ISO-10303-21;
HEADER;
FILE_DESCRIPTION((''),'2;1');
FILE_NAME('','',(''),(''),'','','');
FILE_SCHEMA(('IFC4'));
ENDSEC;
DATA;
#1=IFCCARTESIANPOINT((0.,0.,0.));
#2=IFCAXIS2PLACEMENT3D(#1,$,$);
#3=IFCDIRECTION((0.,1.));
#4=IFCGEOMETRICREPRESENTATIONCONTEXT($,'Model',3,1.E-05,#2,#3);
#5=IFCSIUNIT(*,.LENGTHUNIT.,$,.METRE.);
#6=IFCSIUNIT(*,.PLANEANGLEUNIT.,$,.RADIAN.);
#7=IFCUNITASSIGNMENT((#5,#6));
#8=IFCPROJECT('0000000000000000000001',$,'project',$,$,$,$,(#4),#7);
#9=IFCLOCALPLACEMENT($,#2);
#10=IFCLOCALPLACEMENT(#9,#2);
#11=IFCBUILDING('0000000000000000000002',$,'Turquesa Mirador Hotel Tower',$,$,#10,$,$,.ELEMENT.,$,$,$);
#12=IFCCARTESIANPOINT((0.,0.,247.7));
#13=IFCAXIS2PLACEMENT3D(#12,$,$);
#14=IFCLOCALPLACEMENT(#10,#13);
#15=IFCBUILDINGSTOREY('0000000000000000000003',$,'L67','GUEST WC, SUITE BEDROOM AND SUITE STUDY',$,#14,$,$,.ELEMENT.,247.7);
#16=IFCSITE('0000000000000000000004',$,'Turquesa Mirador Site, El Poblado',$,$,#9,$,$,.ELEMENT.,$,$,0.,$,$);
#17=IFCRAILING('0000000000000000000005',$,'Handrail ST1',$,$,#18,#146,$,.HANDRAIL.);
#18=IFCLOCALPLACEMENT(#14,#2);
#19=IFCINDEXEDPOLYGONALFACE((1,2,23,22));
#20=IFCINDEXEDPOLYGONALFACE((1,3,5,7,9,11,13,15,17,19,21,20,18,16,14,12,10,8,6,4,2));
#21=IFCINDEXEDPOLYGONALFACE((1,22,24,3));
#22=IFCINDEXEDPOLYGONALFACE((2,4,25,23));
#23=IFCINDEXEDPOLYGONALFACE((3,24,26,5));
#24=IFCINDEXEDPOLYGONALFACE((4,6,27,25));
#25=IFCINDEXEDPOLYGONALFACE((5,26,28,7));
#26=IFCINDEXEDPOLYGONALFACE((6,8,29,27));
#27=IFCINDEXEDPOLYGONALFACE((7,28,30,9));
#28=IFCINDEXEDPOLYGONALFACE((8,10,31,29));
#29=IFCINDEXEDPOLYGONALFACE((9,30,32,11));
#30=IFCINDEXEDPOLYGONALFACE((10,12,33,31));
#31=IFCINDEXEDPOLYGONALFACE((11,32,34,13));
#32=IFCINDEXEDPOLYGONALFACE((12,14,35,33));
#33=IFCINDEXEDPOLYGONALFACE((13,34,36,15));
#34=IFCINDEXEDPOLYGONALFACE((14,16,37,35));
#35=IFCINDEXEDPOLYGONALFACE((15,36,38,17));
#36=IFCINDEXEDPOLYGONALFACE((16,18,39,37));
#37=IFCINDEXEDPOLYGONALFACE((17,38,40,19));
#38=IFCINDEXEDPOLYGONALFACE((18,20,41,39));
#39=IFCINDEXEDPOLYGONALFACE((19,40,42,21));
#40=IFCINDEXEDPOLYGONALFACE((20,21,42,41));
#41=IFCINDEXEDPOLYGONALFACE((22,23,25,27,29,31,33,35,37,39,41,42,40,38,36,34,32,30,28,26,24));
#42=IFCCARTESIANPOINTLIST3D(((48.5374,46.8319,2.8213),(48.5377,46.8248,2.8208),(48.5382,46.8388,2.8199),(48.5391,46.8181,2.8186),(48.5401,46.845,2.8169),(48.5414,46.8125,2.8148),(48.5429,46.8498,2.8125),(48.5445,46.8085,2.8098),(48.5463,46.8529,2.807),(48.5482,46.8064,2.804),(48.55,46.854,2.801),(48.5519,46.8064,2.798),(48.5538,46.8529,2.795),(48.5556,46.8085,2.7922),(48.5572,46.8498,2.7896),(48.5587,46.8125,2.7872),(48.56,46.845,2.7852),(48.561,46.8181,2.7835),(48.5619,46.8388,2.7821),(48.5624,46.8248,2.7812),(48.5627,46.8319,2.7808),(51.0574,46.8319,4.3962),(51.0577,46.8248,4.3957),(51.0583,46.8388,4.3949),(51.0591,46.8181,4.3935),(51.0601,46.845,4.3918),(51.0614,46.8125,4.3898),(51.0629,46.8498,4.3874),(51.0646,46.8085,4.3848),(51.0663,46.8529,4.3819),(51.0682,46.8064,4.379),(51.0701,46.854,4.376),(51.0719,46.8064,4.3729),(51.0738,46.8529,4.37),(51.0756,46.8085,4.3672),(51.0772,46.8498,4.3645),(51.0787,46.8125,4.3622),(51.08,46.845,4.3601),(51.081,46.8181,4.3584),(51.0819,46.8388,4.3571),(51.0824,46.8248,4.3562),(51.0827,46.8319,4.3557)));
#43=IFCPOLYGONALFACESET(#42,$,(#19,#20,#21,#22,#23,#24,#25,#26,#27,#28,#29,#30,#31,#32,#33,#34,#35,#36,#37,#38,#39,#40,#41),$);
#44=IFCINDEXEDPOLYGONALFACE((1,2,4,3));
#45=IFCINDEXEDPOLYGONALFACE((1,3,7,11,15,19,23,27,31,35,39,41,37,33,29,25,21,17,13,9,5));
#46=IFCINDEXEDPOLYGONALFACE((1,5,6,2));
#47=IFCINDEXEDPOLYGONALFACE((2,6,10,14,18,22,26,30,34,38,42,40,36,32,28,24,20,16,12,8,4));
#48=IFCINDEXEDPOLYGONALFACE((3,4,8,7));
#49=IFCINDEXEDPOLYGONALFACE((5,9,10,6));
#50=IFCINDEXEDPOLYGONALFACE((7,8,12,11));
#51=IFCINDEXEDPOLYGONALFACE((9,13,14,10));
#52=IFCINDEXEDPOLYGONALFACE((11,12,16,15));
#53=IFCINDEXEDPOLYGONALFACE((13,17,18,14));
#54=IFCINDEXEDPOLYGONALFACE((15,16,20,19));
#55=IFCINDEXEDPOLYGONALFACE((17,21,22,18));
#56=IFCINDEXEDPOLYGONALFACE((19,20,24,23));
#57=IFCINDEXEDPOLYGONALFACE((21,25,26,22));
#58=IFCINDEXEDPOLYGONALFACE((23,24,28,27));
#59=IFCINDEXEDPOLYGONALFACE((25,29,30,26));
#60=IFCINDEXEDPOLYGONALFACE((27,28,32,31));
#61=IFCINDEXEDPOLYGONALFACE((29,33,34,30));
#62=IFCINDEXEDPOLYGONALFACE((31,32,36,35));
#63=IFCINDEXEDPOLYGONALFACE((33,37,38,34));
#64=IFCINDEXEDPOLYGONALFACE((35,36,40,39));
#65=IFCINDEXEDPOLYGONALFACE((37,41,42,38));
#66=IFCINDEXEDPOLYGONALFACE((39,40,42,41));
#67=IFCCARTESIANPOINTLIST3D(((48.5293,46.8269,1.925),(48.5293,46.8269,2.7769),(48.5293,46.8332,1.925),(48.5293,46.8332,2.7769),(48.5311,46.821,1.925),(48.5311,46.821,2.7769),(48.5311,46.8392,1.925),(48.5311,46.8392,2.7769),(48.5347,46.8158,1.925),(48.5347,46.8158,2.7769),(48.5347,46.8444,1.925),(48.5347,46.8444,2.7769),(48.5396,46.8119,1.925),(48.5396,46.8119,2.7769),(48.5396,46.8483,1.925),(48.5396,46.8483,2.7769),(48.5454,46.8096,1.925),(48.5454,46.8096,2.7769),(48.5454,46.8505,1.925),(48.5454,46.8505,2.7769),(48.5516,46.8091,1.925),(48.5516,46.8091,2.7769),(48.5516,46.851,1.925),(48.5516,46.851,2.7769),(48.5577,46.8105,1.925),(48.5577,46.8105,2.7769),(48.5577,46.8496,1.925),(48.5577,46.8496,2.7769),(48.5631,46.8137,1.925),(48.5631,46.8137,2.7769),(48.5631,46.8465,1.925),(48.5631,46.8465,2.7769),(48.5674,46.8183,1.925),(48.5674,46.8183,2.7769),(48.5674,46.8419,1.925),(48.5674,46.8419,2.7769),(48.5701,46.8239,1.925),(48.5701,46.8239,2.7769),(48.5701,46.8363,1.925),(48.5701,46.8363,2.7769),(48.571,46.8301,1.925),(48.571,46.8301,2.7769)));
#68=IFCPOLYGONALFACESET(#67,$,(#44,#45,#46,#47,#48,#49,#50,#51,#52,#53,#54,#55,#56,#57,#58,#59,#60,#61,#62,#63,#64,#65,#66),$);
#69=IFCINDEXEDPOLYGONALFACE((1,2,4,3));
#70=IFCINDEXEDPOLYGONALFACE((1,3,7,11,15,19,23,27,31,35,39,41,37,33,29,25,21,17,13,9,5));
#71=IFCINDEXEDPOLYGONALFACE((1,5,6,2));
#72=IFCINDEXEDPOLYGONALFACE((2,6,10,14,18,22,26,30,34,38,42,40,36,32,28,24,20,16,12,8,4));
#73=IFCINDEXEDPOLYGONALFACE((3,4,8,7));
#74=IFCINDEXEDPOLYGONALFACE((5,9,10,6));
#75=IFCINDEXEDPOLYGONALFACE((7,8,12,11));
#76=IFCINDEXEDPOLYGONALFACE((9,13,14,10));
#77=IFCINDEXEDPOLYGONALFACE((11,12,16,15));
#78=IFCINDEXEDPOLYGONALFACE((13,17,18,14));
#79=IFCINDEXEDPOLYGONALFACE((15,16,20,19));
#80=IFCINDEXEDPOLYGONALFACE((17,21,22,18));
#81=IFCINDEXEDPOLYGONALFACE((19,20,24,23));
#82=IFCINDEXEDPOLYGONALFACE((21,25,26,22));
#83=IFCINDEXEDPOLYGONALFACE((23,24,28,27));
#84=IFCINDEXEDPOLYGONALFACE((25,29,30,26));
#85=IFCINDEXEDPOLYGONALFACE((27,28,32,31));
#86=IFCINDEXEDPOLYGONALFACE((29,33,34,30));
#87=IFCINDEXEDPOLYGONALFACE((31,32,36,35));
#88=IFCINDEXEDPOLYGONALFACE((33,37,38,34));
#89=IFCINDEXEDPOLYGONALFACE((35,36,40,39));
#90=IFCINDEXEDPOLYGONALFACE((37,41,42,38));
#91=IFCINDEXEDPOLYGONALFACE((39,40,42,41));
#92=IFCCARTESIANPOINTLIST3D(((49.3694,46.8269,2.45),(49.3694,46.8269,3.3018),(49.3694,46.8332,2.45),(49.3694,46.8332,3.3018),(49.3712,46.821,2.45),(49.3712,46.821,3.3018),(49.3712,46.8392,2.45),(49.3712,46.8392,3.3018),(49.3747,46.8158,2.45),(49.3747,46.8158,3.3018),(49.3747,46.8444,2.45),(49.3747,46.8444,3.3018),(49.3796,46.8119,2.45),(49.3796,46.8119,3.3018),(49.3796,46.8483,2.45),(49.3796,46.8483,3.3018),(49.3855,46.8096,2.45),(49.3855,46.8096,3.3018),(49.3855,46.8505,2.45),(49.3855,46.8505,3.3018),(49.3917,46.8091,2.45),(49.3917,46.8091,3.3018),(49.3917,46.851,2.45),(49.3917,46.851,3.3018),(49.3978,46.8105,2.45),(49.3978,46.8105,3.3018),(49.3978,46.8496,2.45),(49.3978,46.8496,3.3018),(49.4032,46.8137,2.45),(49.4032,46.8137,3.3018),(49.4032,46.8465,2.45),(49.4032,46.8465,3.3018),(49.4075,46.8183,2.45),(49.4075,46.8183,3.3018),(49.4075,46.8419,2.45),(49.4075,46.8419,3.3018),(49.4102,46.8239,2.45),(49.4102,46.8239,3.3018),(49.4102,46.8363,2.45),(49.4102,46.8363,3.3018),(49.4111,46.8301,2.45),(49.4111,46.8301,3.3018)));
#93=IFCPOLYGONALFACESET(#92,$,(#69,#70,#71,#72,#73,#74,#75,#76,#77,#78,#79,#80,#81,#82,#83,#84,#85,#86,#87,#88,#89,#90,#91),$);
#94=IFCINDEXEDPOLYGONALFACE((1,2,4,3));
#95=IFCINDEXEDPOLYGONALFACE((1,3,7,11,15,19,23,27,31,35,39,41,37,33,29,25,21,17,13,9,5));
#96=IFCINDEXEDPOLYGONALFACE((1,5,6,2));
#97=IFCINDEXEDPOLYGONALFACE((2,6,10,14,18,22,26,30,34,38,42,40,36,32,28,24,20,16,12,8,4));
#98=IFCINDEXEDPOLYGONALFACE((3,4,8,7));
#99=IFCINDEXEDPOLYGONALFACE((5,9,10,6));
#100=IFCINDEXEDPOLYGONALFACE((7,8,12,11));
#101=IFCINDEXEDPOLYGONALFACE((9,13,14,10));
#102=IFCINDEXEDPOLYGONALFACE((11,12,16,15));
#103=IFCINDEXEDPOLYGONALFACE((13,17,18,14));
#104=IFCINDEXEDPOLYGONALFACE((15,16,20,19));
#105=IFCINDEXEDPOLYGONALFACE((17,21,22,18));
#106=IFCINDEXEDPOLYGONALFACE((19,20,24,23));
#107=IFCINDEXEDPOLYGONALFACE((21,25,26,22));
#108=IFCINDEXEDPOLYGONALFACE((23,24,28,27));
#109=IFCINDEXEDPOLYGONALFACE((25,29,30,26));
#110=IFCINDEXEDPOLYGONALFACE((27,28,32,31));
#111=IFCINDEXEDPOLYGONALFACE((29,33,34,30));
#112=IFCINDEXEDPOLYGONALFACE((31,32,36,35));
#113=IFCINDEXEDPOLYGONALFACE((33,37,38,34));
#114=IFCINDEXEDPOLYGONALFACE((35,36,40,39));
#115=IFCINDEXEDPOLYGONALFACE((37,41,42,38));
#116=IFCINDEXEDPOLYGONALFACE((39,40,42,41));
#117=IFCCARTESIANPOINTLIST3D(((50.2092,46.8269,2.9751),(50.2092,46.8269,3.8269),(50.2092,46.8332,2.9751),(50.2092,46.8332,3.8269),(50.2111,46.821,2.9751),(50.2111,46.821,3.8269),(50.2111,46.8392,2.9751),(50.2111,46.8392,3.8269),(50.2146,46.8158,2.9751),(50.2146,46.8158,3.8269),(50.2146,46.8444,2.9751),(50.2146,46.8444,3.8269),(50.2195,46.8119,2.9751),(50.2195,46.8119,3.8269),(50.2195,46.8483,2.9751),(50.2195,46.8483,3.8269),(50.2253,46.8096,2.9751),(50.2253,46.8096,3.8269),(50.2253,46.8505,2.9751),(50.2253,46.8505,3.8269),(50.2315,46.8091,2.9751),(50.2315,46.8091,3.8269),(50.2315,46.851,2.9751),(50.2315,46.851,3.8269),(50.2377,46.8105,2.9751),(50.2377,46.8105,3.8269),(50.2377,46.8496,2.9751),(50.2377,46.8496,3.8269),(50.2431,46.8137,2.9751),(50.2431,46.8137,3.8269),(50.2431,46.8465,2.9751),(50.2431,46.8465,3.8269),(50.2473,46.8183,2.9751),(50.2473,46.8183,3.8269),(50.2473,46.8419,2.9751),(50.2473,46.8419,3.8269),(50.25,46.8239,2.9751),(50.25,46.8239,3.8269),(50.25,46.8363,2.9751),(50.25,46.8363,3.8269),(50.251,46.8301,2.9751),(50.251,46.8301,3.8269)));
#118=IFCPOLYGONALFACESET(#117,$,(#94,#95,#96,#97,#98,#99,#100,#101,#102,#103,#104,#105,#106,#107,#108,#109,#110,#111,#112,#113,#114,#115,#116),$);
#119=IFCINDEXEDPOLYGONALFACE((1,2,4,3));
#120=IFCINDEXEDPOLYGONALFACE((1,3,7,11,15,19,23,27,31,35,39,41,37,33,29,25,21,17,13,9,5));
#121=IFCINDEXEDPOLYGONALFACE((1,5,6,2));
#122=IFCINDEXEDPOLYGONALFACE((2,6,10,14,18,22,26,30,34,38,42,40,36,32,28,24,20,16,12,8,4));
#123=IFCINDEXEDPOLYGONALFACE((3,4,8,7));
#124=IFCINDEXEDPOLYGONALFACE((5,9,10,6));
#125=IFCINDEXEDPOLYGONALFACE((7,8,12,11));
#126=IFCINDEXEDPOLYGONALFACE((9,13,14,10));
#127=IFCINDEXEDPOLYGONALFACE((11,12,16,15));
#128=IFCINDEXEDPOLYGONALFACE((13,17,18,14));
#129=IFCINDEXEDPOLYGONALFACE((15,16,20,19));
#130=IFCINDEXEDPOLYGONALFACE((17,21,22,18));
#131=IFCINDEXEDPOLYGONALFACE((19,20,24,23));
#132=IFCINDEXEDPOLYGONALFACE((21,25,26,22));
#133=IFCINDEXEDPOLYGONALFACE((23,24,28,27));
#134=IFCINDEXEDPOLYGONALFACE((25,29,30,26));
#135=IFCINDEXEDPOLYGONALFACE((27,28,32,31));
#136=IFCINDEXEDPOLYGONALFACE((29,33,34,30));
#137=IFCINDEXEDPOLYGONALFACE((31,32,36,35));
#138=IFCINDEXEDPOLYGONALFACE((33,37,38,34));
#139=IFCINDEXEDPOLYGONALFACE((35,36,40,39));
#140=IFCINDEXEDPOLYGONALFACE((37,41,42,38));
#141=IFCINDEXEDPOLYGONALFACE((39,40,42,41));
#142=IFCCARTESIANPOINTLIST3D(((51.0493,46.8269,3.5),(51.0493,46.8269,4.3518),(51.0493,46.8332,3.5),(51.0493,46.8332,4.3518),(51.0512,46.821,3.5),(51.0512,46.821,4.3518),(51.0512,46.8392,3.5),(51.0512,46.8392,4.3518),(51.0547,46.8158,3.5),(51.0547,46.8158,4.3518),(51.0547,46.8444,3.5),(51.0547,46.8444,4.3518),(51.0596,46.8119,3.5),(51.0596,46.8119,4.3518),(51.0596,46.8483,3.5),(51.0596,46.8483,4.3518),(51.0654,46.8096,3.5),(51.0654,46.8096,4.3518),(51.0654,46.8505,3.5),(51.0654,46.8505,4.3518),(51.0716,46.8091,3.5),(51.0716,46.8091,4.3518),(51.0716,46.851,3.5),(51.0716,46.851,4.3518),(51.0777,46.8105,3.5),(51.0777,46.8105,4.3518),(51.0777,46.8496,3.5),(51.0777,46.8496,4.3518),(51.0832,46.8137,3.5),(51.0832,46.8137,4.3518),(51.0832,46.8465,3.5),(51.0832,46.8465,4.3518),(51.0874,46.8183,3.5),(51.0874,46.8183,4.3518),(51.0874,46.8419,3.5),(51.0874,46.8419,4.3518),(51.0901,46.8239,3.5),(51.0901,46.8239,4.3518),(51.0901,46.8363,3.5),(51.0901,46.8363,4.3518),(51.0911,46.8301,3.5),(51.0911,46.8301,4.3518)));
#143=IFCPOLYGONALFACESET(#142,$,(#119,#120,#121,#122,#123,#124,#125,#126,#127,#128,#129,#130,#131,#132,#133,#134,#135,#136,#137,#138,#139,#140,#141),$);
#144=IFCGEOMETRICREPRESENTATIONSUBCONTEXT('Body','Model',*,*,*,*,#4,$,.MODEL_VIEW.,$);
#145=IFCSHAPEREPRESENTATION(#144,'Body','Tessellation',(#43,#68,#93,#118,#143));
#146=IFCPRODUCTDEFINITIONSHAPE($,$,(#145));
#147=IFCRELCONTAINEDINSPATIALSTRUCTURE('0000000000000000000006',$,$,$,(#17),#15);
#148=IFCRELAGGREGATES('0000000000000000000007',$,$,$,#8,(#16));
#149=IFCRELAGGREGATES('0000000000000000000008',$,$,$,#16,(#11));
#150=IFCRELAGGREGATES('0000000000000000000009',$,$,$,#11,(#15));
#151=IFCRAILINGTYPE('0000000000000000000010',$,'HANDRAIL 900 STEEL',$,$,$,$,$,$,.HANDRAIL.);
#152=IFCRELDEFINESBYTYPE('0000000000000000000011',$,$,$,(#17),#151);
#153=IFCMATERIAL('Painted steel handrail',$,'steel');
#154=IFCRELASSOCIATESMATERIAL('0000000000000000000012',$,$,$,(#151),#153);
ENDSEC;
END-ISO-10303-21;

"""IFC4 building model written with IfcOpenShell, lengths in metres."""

from ifc_helpers import new_model, si_unit, direction, frame, origin, origin_2d, place, context, subcontext, project, spatial, circle, extrude, material, type_object, element, save


model = new_model("IFC4")

# Units and contexts
model_context = context("Model", 3, precision=1e-05, world=origin(), true_north=direction((0.0, 1.0)))
body_context = subcontext(model_context, "Body", "Model", "MODEL_VIEW")
ifc_project = project(units=[si_unit("LENGTHUNIT", "METRE"), si_unit("PLANEANGLEUNIT", "RADIAN")], contexts=[model_context])

# Site, building, storey
site_placement = place(None, origin())
site = spatial("IfcSite", under=ifc_project, at=site_placement, Name="Turquesa Mirador Site, El Poblado", CompositionType="ELEMENT", RefElevation=0.0)
building_placement = place(site_placement, origin())
building = spatial("IfcBuilding", under=site, at=building_placement, Name="Turquesa Mirador Hotel Tower", CompositionType="ELEMENT")
storey_placement = place(building_placement, frame((0.0, 0.0, 247.7)))
storey = spatial("IfcBuildingStorey", under=building, at=storey_placement, Name="L67", Description="GUEST WC, SUITE BEDROOM AND SUITE STUDY", CompositionType="ELEMENT", Elevation=247.7)

# Railing
ifc_material_1 = material(Name="Painted steel handrail", Category="steel")
railing_type = type_object("IfcRailingType", Name="HANDRAIL 900 STEEL", PredefinedType="HANDRAIL", material=ifc_material_1)
railing_1_placement = place(storey_placement, frame((48.55, 46.8301, 1.925)))
element("IfcRailing", 1, at=railing_1_placement, inside=storey, type_object=railing_type, Name="Handrail ST1", PredefinedType="HANDRAIL", context=body_context, shape_type="SweptSolid", body=[
    extrude(circle(Radius=0.0239, at=origin_2d()), frame((0.0, 0.0, 0.876), z_axis=(0.848008, 0.0, 0.529984), x_axis=(0.0, 1.0, 0.0)), (0.0, 0.0, 1.0), 2.9717),
    extrude(circle(Radius=0.021, at=origin_2d()), origin(), (0.0, 0.0, 1.0), 0.8518),
    extrude(circle(Radius=0.021, at=origin_2d()), frame((0.8401, 0.0, 0.5249)), (0.0, 0.0, 1.0), 0.8518),
    extrude(circle(Radius=0.021, at=origin_2d()), frame((1.6799, 0.0, 1.05)), (0.0, 0.0, 1.0), 0.8518),
    extrude(circle(Radius=0.021, at=origin_2d()), frame((2.52, 0.0, 1.575)), (0.0, 0.0, 1.0), 0.8518),
])

save(model, "model.ifc")
